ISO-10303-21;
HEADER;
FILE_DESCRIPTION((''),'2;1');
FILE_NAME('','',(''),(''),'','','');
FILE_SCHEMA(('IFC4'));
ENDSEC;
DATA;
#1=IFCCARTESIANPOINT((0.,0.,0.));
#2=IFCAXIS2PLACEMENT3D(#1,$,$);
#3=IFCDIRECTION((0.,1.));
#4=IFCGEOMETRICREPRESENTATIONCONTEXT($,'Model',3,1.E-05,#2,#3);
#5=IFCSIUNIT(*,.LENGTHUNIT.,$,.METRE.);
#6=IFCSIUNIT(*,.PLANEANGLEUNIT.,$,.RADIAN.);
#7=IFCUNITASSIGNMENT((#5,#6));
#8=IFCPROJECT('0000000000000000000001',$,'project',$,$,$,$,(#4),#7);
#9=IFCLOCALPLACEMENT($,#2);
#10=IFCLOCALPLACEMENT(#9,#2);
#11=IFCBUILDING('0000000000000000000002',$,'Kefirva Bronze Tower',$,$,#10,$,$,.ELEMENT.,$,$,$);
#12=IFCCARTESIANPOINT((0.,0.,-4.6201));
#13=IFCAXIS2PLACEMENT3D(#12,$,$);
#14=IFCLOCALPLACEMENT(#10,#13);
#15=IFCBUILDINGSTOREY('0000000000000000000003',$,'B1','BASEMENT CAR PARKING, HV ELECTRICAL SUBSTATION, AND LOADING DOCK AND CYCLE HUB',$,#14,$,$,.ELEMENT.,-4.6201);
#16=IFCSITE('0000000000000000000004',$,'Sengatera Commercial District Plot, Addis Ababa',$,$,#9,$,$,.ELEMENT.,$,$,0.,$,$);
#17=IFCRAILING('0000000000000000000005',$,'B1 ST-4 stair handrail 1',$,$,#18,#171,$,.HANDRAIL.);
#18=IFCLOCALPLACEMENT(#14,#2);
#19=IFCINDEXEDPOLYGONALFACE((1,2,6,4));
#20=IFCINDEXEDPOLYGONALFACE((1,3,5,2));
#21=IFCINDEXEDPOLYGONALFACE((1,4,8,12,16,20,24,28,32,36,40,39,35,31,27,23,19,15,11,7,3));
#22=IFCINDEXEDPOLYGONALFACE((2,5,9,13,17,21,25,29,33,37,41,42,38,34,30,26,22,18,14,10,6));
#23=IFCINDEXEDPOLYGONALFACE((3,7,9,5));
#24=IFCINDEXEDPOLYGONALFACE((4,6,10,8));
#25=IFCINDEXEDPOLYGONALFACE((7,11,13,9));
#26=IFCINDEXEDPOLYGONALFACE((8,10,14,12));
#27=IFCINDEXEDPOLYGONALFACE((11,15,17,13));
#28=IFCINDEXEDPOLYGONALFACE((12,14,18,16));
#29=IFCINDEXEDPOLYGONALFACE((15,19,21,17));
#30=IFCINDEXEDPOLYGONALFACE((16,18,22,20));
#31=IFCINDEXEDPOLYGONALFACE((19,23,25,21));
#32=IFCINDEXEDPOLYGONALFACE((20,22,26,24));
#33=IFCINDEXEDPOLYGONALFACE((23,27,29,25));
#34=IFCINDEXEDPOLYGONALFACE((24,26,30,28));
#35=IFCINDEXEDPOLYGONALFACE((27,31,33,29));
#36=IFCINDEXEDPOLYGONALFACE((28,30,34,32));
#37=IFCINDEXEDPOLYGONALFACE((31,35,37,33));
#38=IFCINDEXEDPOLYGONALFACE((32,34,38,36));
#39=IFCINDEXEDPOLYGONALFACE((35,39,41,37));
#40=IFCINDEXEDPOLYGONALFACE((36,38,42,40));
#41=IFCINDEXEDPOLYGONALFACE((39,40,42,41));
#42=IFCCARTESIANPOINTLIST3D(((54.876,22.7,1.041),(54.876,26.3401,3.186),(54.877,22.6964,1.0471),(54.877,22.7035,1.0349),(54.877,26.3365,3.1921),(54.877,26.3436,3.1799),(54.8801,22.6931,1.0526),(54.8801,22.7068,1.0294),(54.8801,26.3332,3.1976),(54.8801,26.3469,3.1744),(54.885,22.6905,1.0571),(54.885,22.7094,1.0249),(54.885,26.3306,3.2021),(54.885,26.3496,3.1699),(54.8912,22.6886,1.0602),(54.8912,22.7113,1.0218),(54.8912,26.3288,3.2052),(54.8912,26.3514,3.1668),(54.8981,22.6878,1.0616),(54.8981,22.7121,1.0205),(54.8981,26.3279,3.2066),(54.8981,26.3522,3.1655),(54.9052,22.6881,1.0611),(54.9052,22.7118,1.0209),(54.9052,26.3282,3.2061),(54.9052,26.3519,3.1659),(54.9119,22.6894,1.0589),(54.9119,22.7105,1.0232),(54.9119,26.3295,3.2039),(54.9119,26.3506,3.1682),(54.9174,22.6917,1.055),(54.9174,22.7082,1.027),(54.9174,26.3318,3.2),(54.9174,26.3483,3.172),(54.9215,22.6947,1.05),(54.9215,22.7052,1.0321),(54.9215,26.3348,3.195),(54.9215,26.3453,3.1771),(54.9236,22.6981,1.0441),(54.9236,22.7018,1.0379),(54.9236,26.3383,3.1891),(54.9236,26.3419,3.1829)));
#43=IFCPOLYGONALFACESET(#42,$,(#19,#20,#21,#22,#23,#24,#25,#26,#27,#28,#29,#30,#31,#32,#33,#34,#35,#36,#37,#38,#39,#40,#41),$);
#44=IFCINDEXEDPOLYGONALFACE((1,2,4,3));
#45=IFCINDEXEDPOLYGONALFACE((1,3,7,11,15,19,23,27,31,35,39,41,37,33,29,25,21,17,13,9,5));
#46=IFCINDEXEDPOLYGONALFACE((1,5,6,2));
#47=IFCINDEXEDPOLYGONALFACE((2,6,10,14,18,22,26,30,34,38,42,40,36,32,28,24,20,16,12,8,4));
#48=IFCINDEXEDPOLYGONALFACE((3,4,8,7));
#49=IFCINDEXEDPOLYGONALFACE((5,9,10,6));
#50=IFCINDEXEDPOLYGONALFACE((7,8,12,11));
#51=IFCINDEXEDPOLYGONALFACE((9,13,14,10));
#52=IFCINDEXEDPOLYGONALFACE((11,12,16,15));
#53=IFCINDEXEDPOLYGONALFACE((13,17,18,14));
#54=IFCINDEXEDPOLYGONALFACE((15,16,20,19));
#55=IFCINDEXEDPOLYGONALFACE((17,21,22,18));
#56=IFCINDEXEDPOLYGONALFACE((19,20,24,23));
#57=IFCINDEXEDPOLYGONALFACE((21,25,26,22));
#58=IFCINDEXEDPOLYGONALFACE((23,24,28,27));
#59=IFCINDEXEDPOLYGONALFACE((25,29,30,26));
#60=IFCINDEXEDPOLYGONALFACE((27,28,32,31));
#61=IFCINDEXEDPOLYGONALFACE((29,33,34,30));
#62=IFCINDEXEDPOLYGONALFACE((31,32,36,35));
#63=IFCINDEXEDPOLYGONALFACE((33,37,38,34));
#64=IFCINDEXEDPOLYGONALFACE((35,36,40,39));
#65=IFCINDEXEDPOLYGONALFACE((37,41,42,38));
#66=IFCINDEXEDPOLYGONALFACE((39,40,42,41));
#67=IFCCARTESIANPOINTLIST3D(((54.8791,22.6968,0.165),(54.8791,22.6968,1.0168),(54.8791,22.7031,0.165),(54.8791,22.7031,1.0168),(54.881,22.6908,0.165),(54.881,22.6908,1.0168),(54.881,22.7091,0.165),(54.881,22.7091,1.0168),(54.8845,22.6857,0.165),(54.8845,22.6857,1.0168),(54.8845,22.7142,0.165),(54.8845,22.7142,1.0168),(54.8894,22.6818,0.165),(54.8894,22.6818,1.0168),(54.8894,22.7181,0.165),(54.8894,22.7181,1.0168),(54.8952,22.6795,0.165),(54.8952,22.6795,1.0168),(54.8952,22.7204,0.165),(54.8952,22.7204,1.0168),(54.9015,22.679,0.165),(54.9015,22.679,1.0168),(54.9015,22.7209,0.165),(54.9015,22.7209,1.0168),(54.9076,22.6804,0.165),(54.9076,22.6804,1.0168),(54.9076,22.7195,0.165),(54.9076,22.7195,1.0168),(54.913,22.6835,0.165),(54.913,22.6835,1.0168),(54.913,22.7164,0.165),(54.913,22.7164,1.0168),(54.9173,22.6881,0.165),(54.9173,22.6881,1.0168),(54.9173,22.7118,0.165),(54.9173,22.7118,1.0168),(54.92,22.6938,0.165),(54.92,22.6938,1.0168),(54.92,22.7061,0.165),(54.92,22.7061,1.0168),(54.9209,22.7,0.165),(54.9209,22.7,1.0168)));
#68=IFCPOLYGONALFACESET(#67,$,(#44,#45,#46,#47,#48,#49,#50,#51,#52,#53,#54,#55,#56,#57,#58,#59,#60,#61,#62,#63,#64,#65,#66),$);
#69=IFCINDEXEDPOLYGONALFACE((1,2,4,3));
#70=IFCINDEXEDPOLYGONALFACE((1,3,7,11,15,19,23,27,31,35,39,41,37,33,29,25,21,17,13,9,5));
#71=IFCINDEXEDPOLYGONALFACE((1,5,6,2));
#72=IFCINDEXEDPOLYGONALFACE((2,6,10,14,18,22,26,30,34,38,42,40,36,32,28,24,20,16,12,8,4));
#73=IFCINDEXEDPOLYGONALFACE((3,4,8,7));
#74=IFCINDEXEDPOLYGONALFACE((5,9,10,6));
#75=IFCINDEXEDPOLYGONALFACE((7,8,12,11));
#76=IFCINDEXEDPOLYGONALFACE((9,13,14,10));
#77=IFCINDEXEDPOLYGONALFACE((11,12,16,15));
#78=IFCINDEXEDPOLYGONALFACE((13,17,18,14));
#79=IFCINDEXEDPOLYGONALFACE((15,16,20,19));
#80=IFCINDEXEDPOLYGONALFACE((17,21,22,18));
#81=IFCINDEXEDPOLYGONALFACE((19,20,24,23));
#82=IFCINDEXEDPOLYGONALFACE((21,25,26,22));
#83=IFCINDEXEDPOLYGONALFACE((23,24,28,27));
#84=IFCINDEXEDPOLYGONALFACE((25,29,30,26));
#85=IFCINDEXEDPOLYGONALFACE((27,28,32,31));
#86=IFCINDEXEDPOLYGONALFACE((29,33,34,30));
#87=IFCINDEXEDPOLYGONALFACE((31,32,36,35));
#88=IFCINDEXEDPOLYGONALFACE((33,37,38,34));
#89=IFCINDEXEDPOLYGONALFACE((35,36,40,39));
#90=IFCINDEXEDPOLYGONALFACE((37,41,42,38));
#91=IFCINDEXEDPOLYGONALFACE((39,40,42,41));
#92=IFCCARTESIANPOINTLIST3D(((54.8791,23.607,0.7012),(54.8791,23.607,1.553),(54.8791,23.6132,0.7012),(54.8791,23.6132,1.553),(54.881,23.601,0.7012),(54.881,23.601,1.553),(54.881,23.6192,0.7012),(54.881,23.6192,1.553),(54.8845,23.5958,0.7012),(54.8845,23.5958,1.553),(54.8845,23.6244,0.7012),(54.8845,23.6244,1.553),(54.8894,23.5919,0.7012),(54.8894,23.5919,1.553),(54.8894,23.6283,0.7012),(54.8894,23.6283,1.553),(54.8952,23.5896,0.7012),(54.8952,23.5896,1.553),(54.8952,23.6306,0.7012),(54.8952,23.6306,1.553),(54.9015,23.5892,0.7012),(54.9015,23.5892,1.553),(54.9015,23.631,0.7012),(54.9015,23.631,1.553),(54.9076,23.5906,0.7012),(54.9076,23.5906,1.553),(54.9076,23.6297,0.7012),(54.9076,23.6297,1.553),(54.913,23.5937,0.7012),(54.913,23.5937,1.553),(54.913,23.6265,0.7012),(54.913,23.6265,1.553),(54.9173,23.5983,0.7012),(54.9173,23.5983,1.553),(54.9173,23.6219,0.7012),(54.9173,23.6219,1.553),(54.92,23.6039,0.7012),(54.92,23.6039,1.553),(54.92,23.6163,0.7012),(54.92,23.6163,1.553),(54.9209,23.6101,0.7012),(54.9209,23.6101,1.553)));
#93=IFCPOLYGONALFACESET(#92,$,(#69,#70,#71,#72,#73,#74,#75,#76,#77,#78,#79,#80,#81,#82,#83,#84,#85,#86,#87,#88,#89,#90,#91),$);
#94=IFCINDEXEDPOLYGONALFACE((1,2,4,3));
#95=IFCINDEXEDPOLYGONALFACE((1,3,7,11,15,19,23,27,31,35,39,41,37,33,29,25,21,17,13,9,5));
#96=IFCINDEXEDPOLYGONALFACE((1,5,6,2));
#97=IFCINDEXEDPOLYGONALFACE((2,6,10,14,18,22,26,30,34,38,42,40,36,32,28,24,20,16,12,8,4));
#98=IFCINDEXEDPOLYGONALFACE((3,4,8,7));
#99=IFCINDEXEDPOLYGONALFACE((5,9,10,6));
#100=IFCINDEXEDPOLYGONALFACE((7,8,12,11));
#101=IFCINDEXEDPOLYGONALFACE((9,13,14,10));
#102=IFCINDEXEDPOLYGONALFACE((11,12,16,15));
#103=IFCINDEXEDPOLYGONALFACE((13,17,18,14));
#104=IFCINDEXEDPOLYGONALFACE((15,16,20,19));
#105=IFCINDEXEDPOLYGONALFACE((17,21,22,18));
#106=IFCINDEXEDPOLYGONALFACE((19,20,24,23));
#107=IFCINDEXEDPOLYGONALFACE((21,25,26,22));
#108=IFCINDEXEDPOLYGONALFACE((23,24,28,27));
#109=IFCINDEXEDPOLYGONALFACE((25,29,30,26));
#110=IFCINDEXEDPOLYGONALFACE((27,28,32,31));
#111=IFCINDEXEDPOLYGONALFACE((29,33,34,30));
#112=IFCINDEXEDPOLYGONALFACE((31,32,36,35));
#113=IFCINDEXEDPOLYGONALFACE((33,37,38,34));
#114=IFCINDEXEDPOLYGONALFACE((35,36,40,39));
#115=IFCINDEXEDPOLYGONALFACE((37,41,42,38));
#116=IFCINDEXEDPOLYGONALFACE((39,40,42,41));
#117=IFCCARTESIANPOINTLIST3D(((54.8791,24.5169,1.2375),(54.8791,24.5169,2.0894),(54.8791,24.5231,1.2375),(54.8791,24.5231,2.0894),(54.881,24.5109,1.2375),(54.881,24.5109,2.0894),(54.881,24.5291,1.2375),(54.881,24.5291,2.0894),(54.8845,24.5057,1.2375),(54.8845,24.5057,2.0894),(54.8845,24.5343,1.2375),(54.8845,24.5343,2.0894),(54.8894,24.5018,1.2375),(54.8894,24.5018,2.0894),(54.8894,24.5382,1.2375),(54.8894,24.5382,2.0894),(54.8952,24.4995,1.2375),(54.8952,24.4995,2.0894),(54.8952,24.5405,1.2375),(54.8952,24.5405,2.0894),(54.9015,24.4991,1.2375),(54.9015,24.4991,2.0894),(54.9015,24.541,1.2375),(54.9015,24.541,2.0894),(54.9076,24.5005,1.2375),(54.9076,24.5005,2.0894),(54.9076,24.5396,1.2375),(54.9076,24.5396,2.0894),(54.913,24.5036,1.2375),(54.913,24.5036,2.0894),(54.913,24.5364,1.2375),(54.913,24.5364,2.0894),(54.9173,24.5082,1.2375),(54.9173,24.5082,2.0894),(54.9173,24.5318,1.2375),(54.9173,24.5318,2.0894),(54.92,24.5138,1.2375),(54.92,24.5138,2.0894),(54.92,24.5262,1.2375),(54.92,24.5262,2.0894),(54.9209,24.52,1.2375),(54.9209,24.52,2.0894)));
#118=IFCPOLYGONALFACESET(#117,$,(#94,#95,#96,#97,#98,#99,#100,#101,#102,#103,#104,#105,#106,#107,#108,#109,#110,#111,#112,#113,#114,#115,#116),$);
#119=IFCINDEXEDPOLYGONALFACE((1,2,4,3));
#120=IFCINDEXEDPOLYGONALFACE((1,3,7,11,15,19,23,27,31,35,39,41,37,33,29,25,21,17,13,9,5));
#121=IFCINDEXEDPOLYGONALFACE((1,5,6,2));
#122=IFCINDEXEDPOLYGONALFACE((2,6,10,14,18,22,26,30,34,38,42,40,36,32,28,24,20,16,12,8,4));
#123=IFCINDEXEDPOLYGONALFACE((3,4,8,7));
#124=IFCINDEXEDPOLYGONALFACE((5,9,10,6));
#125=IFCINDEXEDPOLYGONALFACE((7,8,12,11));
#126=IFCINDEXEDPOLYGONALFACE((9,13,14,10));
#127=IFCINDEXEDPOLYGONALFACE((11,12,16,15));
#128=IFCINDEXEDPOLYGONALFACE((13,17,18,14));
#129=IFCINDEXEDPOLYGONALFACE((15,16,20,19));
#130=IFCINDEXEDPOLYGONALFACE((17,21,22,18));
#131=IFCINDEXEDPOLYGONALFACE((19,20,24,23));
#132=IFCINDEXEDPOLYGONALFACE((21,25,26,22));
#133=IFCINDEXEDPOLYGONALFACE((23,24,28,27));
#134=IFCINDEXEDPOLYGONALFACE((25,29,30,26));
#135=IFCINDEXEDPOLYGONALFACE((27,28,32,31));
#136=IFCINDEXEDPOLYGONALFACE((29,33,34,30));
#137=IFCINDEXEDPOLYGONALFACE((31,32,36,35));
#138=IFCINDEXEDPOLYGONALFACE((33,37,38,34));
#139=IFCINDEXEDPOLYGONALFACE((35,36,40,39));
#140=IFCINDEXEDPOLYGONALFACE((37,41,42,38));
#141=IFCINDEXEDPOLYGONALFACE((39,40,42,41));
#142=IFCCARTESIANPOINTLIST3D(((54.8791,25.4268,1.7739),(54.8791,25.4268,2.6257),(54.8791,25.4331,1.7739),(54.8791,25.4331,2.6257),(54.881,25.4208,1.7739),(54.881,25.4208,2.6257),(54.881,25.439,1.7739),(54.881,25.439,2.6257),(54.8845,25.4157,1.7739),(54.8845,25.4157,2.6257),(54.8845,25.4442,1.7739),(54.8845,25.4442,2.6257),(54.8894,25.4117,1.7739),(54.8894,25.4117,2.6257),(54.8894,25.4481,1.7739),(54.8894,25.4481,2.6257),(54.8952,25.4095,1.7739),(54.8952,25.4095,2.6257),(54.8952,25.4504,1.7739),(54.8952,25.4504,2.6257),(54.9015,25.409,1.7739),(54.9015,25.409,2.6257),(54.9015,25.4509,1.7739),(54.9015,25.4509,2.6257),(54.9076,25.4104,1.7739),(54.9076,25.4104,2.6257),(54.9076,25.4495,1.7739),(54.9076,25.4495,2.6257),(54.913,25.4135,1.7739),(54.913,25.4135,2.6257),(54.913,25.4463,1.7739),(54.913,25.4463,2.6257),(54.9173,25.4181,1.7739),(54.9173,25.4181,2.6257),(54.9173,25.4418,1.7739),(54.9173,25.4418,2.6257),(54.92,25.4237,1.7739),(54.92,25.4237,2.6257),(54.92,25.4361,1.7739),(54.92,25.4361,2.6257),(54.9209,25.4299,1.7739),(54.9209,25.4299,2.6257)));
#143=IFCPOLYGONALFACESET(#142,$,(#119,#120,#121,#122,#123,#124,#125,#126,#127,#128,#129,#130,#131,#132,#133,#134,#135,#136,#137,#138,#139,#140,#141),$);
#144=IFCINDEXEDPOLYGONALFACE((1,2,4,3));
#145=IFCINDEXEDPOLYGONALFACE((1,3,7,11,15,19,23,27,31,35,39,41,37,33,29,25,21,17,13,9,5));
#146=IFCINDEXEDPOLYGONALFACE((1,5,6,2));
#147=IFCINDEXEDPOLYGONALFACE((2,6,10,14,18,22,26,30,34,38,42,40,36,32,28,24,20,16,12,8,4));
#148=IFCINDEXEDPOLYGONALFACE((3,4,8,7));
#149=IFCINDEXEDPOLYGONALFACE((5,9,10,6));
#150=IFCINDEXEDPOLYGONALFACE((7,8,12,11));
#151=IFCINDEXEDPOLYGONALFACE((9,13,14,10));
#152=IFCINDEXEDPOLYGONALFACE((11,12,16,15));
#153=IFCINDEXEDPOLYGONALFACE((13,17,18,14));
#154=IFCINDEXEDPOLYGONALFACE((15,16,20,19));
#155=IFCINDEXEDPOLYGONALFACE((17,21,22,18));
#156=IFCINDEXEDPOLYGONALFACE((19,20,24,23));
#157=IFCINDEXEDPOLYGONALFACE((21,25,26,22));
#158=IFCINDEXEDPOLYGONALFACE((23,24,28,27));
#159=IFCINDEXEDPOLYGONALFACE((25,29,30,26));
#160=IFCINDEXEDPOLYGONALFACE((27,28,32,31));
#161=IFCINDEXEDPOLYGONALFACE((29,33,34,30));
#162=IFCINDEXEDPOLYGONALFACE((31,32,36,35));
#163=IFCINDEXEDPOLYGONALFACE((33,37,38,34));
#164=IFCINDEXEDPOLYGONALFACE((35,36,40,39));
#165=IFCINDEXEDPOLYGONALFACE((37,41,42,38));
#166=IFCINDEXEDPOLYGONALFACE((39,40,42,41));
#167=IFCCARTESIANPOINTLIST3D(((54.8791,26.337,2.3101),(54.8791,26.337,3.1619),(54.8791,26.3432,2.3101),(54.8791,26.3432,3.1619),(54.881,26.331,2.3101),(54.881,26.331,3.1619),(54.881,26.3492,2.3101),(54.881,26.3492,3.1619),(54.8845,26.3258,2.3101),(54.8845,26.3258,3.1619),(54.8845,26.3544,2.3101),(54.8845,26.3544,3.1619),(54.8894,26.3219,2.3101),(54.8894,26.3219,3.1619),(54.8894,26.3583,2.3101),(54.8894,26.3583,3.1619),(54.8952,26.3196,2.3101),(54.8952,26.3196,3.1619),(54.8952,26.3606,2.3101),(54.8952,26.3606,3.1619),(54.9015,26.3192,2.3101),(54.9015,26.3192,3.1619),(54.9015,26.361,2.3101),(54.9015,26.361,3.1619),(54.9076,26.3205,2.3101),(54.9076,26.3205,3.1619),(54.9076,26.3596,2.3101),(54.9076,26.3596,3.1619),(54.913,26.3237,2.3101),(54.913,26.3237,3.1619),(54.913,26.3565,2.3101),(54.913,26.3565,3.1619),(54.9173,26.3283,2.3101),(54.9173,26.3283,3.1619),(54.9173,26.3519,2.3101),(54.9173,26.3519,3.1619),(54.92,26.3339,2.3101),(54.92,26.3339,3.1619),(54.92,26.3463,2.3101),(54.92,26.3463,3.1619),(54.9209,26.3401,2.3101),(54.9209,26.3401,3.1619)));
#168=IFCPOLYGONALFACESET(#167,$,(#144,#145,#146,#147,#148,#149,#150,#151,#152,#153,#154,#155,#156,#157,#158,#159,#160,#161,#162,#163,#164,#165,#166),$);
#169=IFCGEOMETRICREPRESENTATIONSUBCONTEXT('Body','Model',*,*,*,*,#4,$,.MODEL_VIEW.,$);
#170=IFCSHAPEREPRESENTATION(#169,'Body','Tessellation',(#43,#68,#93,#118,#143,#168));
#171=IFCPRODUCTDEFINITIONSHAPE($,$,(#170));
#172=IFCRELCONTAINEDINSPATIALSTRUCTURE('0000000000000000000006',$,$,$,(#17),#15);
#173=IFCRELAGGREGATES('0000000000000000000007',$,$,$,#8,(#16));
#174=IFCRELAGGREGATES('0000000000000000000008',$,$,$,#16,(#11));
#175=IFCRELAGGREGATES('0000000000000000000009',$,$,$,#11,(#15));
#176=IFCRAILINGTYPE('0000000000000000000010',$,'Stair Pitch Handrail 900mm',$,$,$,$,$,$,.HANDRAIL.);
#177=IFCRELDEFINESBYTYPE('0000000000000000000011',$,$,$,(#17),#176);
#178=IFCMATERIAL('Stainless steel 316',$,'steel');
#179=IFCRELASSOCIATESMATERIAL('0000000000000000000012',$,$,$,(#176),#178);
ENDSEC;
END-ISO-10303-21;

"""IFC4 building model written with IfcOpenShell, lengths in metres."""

from ifc_helpers import new_model, si_unit, direction, frame, origin, origin_2d, place, context, subcontext, project, spatial, circle, extrude, material, type_object, element, save


model = new_model("IFC4")

# Units and contexts
model_context = context("Model", 3, precision=1e-05, world=origin(), true_north=direction((0.0, 1.0)))
body_context = subcontext(model_context, "Body", "Model", "MODEL_VIEW")
ifc_project = project(units=[si_unit("LENGTHUNIT", "METRE"), si_unit("PLANEANGLEUNIT", "RADIAN")], contexts=[model_context])

# Site, building, storey
site_placement = place(None, origin())
site = spatial("IfcSite", under=ifc_project, at=site_placement, Name="Sengatera Commercial District Plot, Addis Ababa", CompositionType="ELEMENT", RefElevation=0.0)
building_placement = place(site_placement, origin())
building = spatial("IfcBuilding", under=site, at=building_placement, Name="Kefirva Bronze Tower", CompositionType="ELEMENT")
storey_placement = place(building_placement, frame((0.0, 0.0, -4.6201)))
storey = spatial("IfcBuildingStorey", under=building, at=storey_placement, Name="B1", Description="BASEMENT CAR PARKING, HV ELECTRICAL SUBSTATION, AND LOADING DOCK AND CYCLE HUB", CompositionType="ELEMENT", Elevation=-4.6201)

# Railing
ifc_material_1 = material(Name="Stainless steel 316", Category="steel")
railing_type_1 = type_object("IfcRailingType", Name="Stair Pitch Handrail 900mm", PredefinedType="HANDRAIL", material=ifc_material_1)
railing_1_placement = place(storey_placement, frame((54.8999, 22.7, 0.165)))
element("IfcRailing", 1, at=railing_1_placement, inside=storey, type_object=railing_type_1, Name="B1 ST-4 stair handrail 1", PredefinedType="HANDRAIL", context=body_context, shape_type="SweptSolid", body=[
    extrude(circle(Radius=0.0239, at=origin_2d()), frame((0.0, 0.0, 0.876), z_axis=(0.0, 0.861545, 0.507682), x_axis=(-1.0, 0.0, 0.0)), (0.0, 0.0, 1.0), 4.2251),
    extrude(circle(Radius=0.021, at=origin_2d()), origin(), (0.0, 0.0, 1.0), 0.8518),
    extrude(circle(Radius=0.021, at=origin_2d()), frame((0.0, 0.9102, 0.5361)), (0.0, 0.0, 1.0), 0.8518),
    extrude(circle(Radius=0.021, at=origin_2d()), frame((0.0, 1.8201, 1.0725)), (0.0, 0.0, 1.0), 0.8518),
    extrude(circle(Radius=0.021, at=origin_2d()), frame((0.0, 2.73, 1.6089)), (0.0, 0.0, 1.0), 0.8518),
    extrude(circle(Radius=0.021, at=origin_2d()), frame((0.0, 3.6401, 2.145)), (0.0, 0.0, 1.0), 0.8518),
])

save(model, "model.ifc")
